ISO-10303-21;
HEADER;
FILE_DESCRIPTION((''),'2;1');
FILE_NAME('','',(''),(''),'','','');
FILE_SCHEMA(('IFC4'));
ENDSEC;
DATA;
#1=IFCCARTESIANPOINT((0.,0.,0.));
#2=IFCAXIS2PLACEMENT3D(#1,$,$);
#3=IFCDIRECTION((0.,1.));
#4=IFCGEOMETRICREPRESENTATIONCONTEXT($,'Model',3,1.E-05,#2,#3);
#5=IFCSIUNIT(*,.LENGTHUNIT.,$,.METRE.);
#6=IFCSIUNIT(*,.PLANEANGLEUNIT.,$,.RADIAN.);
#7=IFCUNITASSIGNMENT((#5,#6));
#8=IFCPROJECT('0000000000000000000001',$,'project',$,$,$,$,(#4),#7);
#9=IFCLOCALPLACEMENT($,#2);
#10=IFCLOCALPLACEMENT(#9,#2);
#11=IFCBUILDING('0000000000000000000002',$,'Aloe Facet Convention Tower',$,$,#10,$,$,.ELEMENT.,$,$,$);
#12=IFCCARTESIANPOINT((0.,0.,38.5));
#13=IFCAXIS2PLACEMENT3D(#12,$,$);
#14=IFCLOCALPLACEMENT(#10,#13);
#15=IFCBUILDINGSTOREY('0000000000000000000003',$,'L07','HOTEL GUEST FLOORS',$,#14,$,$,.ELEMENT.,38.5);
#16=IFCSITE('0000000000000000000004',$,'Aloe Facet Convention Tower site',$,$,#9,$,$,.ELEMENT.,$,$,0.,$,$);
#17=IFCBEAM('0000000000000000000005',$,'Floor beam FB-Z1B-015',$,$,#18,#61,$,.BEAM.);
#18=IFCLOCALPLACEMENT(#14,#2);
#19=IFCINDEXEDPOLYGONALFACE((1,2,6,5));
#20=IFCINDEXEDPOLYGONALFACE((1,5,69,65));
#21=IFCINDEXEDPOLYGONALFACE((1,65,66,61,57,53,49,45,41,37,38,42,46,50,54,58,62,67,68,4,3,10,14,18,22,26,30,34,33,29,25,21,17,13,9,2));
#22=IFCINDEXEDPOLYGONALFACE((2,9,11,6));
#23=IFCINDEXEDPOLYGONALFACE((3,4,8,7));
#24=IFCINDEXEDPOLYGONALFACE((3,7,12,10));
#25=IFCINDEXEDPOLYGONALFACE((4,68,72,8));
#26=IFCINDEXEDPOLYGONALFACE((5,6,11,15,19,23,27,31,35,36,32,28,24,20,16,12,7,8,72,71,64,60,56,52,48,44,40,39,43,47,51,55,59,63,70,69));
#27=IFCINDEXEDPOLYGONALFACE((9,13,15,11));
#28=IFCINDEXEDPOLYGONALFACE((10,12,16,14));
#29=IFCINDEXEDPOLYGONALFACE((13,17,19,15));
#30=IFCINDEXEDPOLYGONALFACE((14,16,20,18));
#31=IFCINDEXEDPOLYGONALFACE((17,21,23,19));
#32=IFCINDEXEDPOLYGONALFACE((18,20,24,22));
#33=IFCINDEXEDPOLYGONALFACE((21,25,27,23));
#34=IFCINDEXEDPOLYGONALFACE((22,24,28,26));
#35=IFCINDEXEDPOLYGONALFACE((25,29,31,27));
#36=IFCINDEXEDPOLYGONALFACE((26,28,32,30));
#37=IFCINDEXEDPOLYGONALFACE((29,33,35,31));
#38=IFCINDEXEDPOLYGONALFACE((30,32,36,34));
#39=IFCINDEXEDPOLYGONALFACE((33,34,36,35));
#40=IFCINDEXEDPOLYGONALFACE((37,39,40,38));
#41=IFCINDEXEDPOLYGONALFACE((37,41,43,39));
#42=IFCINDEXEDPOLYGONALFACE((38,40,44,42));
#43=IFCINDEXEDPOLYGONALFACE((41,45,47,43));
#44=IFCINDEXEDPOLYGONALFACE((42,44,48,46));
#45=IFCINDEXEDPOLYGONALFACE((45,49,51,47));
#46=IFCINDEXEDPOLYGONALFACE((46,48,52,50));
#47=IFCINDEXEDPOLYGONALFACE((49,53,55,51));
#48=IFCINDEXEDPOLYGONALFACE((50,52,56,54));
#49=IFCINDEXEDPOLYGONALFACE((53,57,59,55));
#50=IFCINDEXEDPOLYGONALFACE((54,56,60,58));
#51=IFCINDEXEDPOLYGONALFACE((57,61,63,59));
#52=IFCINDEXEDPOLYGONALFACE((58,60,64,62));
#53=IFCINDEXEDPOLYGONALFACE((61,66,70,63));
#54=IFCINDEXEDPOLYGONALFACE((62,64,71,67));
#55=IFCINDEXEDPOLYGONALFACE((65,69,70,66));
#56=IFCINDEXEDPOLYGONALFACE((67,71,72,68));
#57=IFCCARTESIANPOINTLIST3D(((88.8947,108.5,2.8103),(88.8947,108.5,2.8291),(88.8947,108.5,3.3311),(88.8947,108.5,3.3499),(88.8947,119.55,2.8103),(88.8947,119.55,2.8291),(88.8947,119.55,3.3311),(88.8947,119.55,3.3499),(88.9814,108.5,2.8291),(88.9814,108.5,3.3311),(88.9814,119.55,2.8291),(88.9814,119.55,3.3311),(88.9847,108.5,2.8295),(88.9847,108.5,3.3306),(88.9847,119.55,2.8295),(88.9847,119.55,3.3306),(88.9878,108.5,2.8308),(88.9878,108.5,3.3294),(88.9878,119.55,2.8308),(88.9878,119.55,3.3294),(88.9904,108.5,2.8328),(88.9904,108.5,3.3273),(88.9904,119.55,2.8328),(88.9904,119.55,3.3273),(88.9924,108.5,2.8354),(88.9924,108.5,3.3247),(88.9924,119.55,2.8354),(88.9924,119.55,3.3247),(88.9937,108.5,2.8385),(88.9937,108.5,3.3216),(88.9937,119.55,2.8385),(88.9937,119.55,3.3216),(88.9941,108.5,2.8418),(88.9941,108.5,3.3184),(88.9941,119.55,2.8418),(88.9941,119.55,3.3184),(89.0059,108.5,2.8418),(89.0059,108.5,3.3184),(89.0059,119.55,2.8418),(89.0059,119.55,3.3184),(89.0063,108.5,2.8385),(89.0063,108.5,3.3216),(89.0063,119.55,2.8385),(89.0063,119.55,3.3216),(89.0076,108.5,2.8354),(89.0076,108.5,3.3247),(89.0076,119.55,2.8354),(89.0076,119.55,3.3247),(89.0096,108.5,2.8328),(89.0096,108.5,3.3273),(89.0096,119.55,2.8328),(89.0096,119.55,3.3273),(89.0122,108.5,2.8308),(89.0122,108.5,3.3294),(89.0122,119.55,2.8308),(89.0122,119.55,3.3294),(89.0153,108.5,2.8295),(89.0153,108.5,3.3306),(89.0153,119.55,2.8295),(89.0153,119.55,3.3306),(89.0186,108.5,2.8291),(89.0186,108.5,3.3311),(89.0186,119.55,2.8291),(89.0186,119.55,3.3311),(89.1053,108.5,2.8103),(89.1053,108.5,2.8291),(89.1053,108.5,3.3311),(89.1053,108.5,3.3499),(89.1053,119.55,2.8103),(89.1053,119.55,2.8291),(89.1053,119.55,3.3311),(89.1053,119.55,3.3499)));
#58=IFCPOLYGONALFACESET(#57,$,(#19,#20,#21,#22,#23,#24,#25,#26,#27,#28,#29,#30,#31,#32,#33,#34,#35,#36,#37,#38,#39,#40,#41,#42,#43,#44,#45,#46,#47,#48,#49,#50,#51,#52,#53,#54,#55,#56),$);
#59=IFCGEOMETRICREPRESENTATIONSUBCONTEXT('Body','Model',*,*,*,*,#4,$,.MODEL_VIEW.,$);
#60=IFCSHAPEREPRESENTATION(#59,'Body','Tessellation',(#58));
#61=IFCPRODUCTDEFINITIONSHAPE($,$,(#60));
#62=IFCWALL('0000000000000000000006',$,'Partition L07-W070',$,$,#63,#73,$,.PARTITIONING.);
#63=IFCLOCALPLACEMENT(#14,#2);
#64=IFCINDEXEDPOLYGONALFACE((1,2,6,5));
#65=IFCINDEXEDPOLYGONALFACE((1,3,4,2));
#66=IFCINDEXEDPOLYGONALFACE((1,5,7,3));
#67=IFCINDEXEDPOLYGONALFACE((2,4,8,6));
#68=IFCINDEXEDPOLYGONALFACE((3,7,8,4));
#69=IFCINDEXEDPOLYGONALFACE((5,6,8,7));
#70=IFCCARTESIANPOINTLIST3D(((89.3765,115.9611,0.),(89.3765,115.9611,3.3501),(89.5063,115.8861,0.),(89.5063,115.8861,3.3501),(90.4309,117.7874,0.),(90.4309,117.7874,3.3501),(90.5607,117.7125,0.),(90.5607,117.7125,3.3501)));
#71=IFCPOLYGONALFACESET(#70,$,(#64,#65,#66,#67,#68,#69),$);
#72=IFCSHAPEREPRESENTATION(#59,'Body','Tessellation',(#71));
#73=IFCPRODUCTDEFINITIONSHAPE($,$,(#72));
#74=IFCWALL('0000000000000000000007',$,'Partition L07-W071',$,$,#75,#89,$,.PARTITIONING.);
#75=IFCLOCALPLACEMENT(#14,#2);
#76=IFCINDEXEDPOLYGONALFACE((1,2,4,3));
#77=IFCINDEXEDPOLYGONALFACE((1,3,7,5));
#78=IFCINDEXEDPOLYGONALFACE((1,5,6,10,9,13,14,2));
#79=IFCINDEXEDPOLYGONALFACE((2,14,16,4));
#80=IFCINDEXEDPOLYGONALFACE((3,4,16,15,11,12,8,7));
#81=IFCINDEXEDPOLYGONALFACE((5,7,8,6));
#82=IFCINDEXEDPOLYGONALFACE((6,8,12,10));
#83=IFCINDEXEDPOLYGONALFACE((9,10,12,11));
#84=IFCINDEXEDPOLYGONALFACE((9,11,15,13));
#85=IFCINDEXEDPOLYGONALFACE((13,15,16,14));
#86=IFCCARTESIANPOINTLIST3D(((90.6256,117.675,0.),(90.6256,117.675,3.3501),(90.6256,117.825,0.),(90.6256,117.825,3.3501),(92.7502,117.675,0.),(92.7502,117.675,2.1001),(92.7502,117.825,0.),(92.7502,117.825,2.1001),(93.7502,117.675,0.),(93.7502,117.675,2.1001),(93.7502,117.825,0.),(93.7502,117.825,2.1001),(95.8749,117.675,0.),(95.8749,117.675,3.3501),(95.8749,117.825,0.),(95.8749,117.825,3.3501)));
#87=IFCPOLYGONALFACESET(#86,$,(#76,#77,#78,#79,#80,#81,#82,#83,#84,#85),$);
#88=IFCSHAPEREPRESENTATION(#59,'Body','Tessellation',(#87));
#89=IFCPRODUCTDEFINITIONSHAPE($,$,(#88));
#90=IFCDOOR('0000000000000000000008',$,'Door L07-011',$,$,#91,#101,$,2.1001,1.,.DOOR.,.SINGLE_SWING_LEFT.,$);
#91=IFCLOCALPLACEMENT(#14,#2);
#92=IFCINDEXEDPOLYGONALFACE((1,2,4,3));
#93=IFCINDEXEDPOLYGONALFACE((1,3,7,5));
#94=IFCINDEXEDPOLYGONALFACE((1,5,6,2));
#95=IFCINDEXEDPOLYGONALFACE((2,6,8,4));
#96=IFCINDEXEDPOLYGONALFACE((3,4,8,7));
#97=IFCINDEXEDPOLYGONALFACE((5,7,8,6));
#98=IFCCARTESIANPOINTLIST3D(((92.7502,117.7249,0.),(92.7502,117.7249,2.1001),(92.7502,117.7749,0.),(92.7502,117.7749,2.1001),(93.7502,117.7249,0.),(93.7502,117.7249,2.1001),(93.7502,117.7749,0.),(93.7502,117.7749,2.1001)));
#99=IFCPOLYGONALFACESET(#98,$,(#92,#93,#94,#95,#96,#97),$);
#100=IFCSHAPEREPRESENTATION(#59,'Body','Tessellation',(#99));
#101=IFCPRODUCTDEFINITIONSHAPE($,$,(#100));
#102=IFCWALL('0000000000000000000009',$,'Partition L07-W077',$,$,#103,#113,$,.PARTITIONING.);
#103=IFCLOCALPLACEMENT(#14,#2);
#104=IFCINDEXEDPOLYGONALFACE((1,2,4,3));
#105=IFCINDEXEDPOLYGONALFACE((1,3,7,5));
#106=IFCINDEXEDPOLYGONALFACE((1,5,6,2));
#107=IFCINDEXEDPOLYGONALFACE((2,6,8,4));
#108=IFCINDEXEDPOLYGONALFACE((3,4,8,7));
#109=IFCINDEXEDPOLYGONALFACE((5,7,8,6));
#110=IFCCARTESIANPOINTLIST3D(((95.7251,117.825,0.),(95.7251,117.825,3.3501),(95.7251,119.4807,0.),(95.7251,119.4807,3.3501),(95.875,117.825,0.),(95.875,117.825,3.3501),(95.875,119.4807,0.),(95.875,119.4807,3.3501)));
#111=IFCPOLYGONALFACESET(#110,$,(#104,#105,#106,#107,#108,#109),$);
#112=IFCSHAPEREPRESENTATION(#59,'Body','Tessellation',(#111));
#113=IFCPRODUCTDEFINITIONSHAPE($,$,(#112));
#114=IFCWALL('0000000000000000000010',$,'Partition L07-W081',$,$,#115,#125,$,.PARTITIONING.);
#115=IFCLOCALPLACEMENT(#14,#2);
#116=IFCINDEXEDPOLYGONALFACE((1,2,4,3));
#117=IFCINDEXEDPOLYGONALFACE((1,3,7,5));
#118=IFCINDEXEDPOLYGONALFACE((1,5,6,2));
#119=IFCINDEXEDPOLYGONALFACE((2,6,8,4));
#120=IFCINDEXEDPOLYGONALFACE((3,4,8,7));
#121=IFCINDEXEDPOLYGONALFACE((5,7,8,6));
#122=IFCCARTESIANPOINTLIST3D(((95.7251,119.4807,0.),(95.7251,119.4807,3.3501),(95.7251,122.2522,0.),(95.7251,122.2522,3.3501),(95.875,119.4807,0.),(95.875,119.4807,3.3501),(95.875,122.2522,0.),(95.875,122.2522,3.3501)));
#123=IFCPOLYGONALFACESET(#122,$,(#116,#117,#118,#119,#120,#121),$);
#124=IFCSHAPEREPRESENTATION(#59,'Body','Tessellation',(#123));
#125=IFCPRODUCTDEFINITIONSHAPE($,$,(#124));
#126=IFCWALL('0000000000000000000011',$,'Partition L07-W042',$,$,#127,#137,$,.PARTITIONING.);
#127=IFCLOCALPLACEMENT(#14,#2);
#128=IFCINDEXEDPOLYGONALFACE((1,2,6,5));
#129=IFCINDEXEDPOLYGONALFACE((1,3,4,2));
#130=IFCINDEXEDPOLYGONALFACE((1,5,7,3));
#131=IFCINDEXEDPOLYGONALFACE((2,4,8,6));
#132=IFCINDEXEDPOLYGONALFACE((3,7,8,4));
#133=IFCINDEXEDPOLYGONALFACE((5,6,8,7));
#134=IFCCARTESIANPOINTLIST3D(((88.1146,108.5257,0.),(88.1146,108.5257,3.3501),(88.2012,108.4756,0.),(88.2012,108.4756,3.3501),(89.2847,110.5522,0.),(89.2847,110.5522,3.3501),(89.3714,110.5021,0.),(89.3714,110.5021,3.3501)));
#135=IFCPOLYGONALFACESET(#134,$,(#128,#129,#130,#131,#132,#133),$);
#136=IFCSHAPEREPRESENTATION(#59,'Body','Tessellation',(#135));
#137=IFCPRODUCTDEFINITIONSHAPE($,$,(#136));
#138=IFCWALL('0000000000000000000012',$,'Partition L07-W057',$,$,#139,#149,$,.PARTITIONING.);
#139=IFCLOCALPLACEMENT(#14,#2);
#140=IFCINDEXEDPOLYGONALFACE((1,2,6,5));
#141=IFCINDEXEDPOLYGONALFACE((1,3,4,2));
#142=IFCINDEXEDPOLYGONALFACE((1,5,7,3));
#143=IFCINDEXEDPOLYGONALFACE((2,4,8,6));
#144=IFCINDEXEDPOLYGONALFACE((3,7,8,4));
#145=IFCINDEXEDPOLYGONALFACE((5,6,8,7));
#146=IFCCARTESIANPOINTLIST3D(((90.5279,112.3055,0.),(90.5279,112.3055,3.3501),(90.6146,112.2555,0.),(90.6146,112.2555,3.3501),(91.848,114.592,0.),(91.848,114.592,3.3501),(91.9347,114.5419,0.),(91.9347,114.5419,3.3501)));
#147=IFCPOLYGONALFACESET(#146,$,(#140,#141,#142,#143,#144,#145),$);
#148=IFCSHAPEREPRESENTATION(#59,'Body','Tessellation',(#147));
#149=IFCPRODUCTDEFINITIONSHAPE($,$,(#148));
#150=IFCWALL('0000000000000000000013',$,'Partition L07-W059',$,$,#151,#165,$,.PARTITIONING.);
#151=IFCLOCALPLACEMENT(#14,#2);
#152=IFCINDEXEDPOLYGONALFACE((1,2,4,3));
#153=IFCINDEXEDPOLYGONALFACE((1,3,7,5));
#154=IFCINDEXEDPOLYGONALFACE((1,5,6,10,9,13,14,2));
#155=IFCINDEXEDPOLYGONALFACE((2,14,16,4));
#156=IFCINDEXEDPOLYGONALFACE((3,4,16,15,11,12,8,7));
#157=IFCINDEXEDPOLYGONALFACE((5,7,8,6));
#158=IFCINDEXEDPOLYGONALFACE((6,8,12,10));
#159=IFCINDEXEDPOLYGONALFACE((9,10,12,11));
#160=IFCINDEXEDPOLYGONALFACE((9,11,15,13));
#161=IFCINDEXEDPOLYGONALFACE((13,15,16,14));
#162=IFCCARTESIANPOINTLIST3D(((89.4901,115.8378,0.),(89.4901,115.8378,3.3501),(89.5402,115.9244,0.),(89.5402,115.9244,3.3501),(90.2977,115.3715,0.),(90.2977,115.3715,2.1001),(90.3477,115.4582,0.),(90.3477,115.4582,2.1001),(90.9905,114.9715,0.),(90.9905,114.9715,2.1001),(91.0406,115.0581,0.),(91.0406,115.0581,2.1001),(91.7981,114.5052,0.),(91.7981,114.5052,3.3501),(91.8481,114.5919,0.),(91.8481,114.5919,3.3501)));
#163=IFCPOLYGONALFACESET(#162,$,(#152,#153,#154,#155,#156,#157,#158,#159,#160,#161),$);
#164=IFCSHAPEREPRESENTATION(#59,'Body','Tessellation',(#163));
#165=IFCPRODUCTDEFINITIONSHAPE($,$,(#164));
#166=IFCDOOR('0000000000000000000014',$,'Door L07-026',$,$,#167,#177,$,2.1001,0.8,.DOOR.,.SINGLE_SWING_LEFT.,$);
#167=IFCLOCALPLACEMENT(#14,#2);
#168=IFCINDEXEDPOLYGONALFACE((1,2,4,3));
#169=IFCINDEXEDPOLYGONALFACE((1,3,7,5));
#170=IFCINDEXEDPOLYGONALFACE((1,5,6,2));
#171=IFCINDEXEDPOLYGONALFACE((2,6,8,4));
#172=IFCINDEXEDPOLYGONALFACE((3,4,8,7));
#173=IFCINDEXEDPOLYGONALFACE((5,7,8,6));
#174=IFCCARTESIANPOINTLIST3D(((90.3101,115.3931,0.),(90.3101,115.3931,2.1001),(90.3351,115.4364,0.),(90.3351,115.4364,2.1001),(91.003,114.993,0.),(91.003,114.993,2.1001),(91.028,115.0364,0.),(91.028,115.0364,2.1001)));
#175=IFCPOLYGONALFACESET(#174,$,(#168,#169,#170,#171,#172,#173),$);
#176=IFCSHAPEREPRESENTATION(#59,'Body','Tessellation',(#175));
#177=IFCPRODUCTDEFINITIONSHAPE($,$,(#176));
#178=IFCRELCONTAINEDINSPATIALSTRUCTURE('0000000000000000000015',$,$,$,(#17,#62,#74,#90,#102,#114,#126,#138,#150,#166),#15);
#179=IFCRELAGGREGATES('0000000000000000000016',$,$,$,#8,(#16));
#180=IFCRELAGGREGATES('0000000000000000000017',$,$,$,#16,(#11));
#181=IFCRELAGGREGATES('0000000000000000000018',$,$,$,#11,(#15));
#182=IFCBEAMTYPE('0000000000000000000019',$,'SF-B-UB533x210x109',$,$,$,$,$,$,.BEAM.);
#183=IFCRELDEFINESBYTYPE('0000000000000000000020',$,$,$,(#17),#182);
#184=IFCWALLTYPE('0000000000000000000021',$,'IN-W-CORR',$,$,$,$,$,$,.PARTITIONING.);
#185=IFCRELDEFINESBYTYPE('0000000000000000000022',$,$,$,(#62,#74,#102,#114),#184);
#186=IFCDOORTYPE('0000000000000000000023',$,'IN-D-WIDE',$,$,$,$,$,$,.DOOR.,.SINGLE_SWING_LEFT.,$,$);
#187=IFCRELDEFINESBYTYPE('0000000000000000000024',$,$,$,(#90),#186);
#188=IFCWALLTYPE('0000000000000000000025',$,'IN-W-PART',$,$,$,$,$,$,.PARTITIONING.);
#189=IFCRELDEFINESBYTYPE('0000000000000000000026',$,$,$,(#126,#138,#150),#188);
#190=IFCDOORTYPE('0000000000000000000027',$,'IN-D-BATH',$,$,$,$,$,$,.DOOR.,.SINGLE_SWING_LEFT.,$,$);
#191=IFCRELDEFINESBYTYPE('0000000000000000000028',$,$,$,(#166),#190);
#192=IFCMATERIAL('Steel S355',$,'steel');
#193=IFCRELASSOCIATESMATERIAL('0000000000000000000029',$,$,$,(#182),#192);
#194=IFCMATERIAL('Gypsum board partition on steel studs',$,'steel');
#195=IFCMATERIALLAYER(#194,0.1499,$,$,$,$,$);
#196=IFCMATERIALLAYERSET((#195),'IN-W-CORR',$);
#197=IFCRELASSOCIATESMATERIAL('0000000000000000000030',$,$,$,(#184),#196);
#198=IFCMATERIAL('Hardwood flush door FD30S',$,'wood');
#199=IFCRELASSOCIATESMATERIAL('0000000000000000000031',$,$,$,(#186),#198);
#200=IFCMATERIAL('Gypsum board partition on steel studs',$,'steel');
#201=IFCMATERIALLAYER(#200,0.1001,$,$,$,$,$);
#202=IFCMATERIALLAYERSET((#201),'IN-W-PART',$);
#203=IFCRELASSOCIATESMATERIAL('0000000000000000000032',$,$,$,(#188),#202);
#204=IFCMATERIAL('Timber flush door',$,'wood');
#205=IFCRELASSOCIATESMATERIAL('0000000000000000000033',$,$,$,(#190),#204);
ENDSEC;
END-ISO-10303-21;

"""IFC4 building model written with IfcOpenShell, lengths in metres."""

from ifc_helpers import new_model, si_unit, direction, frame, frame_2d, origin, origin_2d, place, context, subcontext, project, spatial, rectangle, i_section, extrude, material, layer, layer_set, material_profile, profile_set, type_object, element, fill, save


model = new_model("IFC4")

# Units and contexts
model_context = context("Model", 3, precision=1e-05, world=origin(), true_north=direction((0.0, 1.0)))
body_context = subcontext(model_context, "Body", "Model", "MODEL_VIEW")
ifc_project = project(units=[si_unit("LENGTHUNIT", "METRE"), si_unit("PLANEANGLEUNIT", "RADIAN")], contexts=[model_context])

# Site, building, storey
site_placement = place(None, origin())
site = spatial("IfcSite", under=ifc_project, at=site_placement, Name="Aloe Facet Convention Tower site", CompositionType="ELEMENT", RefElevation=0.0)
building_placement = place(site_placement, origin())
building = spatial("IfcBuilding", under=site, at=building_placement, Name="Aloe Facet Convention Tower", CompositionType="ELEMENT")
storey_placement = place(building_placement, frame((0.0, 0.0, 38.5)))
storey = spatial("IfcBuildingStorey", under=building, at=storey_placement, Name="L07", Description="HOTEL GUEST FLOORS", CompositionType="ELEMENT", Elevation=38.5)

# Beam
ifc_material_1 = material(Name="Steel S355", Category="steel")
ifc_material_profile_1 = material_profile(ifc_material_1, i_section(OverallWidth=0.2107, OverallDepth=0.5396, WebThickness=0.0117, FlangeThickness=0.0188, FilletRadius=0.0127, at=origin_2d()), Name="UB 533x210x109")
ifc_profile_set_1 = profile_set([ifc_material_profile_1], Name="Steel S355")
beam_type_1 = type_object("IfcBeamType", Name="SF-B-UB533x210x109", PredefinedType="BEAM", material=ifc_profile_set_1)
beam_1_placement = place(storey_placement, frame((89.0, 119.55, 3.0801), z_axis=(0.0, -1.0, 0.0), x_axis=(1.0, 0.0, 0.0)))
element("IfcBeam", 1, at=beam_1_placement, inside=storey, type_object=beam_type_1, Name="Floor beam FB-Z1B-015", PredefinedType="BEAM", context=body_context, shape_type="SweptSolid", body=[
    extrude(i_section(OverallWidth=0.2107, OverallDepth=0.5396, WebThickness=0.0117, FlangeThickness=0.0188, FilletRadius=0.0127, at=origin_2d()), origin(), (0.0, 0.0, 1.0), 11.05),
])

# Wall
ifc_material_2 = material(Name="Gypsum board partition on steel studs", Category="steel")
ifc_layer_1 = layer(ifc_material_2, 0.1499)
ifc_layer_set_1 = layer_set([ifc_layer_1], Name="IN-W-CORR")
wall_type_1 = type_object("IfcWallType", Name="IN-W-CORR", PredefinedType="PARTITIONING", material=ifc_layer_set_1)
wall_1_placement = place(storey_placement, frame((89.4414, 115.9236, 0.0), z_axis=(0.0, 0.0, 1.0), x_axis=(0.499986, 0.866033, 0.0)))
element("IfcWall", 2, at=wall_1_placement, inside=storey, type_object=wall_type_1, Name="Partition L07-W070", PredefinedType="PARTITIONING", context=body_context, shape_type="SweptSolid", body=[
    extrude(rectangle(XDim=2.1089, YDim=0.1499, at=frame_2d((1.0544, 0.0))), origin(), (0.0, 0.0, 1.0), 3.3501),
])

# Wall, opening, door
wall_2_placement = place(storey_placement, frame((90.6257, 117.75, 0.0), z_axis=(0.0, 0.0, 1.0), x_axis=(1.0, 0.0, 0.0)))
wall_2 = element("IfcWall", 3, at=wall_2_placement, inside=storey, type_object=wall_type_1, Name="Partition L07-W071", PredefinedType="PARTITIONING", context=body_context, shape_type="SweptSolid", body=[
    extrude(rectangle(XDim=5.2493, YDim=0.1499, at=frame_2d((2.6245, 0.0))), origin(), (0.0, 0.0, 1.0), 3.3501),
])
opening_1_placement = place(wall_2_placement, frame((2.1245, 0.0, 0.0)))
opening_1 = element("IfcOpeningElement", 4, at=opening_1_placement, cuts=wall_2, PredefinedType="OPENING", context=body_context, shape_type="SweptSolid", body=[
    extrude(rectangle(XDim=1.0, YDim=2.1001, at=frame_2d((0.5, 1.05))), frame((0.0, 0.085, 0.0), z_axis=(0.0, -1.0, 0.0), x_axis=(1.0, 0.0, 0.0)), (0.0, 0.0, 1.0), 0.1699),
])
ifc_material_3 = material(Name="Hardwood flush door FD30S", Category="wood")
door_type_1 = type_object("IfcDoorType", Name="IN-D-WIDE", OperationType="SINGLE_SWING_LEFT", PredefinedType="DOOR", material=ifc_material_3)
door_1_placement = place(opening_1_placement, origin())
door_1 = element("IfcDoor", 5, at=door_1_placement, inside=storey, type_object=door_type_1, Name="Door L07-011", OperationType="SINGLE_SWING_LEFT", OverallHeight=2.1001, OverallWidth=1.0, PredefinedType="DOOR", context=body_context, shape_type="SweptSolid", body=[
    extrude(rectangle(XDim=1.0, YDim=2.1001, at=frame_2d((0.5, 1.05))), frame((0.0, 0.0249, 0.0), z_axis=(0.0, -1.0, 0.0), x_axis=(1.0, 0.0, 0.0)), (0.0, 0.0, 1.0), 0.05),
])
fill(opening_1, door_1)

# Walls
wall_3_placement = place(storey_placement, frame((95.8, 117.825, 0.0), z_axis=(0.0, 0.0, 1.0), x_axis=(0.0, 1.0, 0.0)))
element("IfcWall", 6, at=wall_3_placement, inside=storey, type_object=wall_type_1, Name="Partition L07-W077", PredefinedType="PARTITIONING", context=body_context, shape_type="SweptSolid", body=[
    extrude(rectangle(XDim=1.6558, YDim=0.1499, at=frame_2d((0.8279, 0.0))), origin(), (0.0, 0.0, 1.0), 3.3501),
])
wall_4_placement = place(storey_placement, frame((95.8, 119.4807, 0.0), z_axis=(0.0, 0.0, 1.0), x_axis=(0.0, 1.0, 0.0)))
element("IfcWall", 7, at=wall_4_placement, inside=storey, type_object=wall_type_1, Name="Partition L07-W081", PredefinedType="PARTITIONING", context=body_context, shape_type="SweptSolid", body=[
    extrude(rectangle(XDim=2.7715, YDim=0.1499, at=frame_2d((1.3857, 0.0))), origin(), (0.0, 0.0, 1.0), 3.3501),
])
ifc_material_4 = material(Name="Gypsum board partition on steel studs", Category="steel")
ifc_layer_2 = layer(ifc_material_4, 0.1001)
ifc_layer_set_2 = layer_set([ifc_layer_2], Name="IN-W-PART")
wall_type_2 = type_object("IfcWallType", Name="IN-W-PART", PredefinedType="PARTITIONING", material=ifc_layer_set_2)
wall_5_placement = place(storey_placement, frame((88.158, 108.5007, 0.0), z_axis=(0.0, 0.0, 1.0), x_axis=(0.500033, 0.866007, 0.0)))
element("IfcWall", 8, at=wall_5_placement, inside=storey, type_object=wall_type_2, Name="Partition L07-W042", PredefinedType="PARTITIONING", context=body_context, shape_type="SweptSolid", body=[
    extrude(rectangle(XDim=2.3401, YDim=0.1001, at=frame_2d((1.1699, 0.0))), origin(), (0.0, 0.0, 1.0), 3.3501),
])
wall_6_placement = place(storey_placement, frame((90.5713, 112.2805, 0.0), z_axis=(0.0, 0.0, 1.0), x_axis=(0.500008, 0.866021, 0.0)))
element("IfcWall", 9, at=wall_6_placement, inside=storey, type_object=wall_type_2, Name="Partition L07-W057", PredefinedType="PARTITIONING", context=body_context, shape_type="SweptSolid", body=[
    extrude(rectangle(XDim=2.6401, YDim=0.1001, at=frame_2d((1.3201, 0.0))), origin(), (0.0, 0.0, 1.0), 3.3501),
])

# Wall, opening, door
wall_7_placement = place(storey_placement, frame((89.5151, 115.8811, 0.0), z_axis=(0.0, 0.0, 1.0), x_axis=(0.866013, -0.500021, 0.0)))
wall_7 = element("IfcWall", 10, at=wall_7_placement, inside=storey, type_object=wall_type_2, Name="Partition L07-W059", PredefinedType="PARTITIONING", context=body_context, shape_type="SweptSolid", body=[
    extrude(rectangle(XDim=2.665, YDim=0.1001, at=frame_2d((1.3325, 0.0))), origin(), (0.0, 0.0, 1.0), 3.3501),
])
opening_2_placement = place(wall_7_placement, frame((0.9326, 0.0, 0.0)))
opening_2 = element("IfcOpeningElement", 11, at=opening_2_placement, cuts=wall_7, PredefinedType="OPENING", context=body_context, shape_type="SweptSolid", body=[
    extrude(rectangle(XDim=0.8, YDim=2.1001, at=frame_2d((0.3999, 1.05))), frame((0.0, 0.0601, 0.0), z_axis=(0.0, -1.0, 0.0), x_axis=(1.0, 0.0, 0.0)), (0.0, 0.0, 1.0), 0.1201),
])
ifc_material_5 = material(Name="Timber flush door", Category="wood")
door_type_2 = type_object("IfcDoorType", Name="IN-D-BATH", OperationType="SINGLE_SWING_LEFT", PredefinedType="DOOR", material=ifc_material_5)
door_2_placement = place(opening_2_placement, origin())
door_2 = element("IfcDoor", 12, at=door_2_placement, inside=storey, type_object=door_type_2, Name="Door L07-026", OperationType="SINGLE_SWING_LEFT", OverallHeight=2.1001, OverallWidth=0.8, PredefinedType="DOOR", context=body_context, shape_type="SweptSolid", body=[
    extrude(rectangle(XDim=0.8, YDim=2.1001, at=frame_2d((0.3999, 1.05))), frame((0.0, 0.0249, 0.0), z_axis=(0.0, -1.0, 0.0), x_axis=(1.0, 0.0, 0.0)), (0.0, 0.0, 1.0), 0.05),
])
fill(opening_2, door_2)

save(model, "model.ifc")
